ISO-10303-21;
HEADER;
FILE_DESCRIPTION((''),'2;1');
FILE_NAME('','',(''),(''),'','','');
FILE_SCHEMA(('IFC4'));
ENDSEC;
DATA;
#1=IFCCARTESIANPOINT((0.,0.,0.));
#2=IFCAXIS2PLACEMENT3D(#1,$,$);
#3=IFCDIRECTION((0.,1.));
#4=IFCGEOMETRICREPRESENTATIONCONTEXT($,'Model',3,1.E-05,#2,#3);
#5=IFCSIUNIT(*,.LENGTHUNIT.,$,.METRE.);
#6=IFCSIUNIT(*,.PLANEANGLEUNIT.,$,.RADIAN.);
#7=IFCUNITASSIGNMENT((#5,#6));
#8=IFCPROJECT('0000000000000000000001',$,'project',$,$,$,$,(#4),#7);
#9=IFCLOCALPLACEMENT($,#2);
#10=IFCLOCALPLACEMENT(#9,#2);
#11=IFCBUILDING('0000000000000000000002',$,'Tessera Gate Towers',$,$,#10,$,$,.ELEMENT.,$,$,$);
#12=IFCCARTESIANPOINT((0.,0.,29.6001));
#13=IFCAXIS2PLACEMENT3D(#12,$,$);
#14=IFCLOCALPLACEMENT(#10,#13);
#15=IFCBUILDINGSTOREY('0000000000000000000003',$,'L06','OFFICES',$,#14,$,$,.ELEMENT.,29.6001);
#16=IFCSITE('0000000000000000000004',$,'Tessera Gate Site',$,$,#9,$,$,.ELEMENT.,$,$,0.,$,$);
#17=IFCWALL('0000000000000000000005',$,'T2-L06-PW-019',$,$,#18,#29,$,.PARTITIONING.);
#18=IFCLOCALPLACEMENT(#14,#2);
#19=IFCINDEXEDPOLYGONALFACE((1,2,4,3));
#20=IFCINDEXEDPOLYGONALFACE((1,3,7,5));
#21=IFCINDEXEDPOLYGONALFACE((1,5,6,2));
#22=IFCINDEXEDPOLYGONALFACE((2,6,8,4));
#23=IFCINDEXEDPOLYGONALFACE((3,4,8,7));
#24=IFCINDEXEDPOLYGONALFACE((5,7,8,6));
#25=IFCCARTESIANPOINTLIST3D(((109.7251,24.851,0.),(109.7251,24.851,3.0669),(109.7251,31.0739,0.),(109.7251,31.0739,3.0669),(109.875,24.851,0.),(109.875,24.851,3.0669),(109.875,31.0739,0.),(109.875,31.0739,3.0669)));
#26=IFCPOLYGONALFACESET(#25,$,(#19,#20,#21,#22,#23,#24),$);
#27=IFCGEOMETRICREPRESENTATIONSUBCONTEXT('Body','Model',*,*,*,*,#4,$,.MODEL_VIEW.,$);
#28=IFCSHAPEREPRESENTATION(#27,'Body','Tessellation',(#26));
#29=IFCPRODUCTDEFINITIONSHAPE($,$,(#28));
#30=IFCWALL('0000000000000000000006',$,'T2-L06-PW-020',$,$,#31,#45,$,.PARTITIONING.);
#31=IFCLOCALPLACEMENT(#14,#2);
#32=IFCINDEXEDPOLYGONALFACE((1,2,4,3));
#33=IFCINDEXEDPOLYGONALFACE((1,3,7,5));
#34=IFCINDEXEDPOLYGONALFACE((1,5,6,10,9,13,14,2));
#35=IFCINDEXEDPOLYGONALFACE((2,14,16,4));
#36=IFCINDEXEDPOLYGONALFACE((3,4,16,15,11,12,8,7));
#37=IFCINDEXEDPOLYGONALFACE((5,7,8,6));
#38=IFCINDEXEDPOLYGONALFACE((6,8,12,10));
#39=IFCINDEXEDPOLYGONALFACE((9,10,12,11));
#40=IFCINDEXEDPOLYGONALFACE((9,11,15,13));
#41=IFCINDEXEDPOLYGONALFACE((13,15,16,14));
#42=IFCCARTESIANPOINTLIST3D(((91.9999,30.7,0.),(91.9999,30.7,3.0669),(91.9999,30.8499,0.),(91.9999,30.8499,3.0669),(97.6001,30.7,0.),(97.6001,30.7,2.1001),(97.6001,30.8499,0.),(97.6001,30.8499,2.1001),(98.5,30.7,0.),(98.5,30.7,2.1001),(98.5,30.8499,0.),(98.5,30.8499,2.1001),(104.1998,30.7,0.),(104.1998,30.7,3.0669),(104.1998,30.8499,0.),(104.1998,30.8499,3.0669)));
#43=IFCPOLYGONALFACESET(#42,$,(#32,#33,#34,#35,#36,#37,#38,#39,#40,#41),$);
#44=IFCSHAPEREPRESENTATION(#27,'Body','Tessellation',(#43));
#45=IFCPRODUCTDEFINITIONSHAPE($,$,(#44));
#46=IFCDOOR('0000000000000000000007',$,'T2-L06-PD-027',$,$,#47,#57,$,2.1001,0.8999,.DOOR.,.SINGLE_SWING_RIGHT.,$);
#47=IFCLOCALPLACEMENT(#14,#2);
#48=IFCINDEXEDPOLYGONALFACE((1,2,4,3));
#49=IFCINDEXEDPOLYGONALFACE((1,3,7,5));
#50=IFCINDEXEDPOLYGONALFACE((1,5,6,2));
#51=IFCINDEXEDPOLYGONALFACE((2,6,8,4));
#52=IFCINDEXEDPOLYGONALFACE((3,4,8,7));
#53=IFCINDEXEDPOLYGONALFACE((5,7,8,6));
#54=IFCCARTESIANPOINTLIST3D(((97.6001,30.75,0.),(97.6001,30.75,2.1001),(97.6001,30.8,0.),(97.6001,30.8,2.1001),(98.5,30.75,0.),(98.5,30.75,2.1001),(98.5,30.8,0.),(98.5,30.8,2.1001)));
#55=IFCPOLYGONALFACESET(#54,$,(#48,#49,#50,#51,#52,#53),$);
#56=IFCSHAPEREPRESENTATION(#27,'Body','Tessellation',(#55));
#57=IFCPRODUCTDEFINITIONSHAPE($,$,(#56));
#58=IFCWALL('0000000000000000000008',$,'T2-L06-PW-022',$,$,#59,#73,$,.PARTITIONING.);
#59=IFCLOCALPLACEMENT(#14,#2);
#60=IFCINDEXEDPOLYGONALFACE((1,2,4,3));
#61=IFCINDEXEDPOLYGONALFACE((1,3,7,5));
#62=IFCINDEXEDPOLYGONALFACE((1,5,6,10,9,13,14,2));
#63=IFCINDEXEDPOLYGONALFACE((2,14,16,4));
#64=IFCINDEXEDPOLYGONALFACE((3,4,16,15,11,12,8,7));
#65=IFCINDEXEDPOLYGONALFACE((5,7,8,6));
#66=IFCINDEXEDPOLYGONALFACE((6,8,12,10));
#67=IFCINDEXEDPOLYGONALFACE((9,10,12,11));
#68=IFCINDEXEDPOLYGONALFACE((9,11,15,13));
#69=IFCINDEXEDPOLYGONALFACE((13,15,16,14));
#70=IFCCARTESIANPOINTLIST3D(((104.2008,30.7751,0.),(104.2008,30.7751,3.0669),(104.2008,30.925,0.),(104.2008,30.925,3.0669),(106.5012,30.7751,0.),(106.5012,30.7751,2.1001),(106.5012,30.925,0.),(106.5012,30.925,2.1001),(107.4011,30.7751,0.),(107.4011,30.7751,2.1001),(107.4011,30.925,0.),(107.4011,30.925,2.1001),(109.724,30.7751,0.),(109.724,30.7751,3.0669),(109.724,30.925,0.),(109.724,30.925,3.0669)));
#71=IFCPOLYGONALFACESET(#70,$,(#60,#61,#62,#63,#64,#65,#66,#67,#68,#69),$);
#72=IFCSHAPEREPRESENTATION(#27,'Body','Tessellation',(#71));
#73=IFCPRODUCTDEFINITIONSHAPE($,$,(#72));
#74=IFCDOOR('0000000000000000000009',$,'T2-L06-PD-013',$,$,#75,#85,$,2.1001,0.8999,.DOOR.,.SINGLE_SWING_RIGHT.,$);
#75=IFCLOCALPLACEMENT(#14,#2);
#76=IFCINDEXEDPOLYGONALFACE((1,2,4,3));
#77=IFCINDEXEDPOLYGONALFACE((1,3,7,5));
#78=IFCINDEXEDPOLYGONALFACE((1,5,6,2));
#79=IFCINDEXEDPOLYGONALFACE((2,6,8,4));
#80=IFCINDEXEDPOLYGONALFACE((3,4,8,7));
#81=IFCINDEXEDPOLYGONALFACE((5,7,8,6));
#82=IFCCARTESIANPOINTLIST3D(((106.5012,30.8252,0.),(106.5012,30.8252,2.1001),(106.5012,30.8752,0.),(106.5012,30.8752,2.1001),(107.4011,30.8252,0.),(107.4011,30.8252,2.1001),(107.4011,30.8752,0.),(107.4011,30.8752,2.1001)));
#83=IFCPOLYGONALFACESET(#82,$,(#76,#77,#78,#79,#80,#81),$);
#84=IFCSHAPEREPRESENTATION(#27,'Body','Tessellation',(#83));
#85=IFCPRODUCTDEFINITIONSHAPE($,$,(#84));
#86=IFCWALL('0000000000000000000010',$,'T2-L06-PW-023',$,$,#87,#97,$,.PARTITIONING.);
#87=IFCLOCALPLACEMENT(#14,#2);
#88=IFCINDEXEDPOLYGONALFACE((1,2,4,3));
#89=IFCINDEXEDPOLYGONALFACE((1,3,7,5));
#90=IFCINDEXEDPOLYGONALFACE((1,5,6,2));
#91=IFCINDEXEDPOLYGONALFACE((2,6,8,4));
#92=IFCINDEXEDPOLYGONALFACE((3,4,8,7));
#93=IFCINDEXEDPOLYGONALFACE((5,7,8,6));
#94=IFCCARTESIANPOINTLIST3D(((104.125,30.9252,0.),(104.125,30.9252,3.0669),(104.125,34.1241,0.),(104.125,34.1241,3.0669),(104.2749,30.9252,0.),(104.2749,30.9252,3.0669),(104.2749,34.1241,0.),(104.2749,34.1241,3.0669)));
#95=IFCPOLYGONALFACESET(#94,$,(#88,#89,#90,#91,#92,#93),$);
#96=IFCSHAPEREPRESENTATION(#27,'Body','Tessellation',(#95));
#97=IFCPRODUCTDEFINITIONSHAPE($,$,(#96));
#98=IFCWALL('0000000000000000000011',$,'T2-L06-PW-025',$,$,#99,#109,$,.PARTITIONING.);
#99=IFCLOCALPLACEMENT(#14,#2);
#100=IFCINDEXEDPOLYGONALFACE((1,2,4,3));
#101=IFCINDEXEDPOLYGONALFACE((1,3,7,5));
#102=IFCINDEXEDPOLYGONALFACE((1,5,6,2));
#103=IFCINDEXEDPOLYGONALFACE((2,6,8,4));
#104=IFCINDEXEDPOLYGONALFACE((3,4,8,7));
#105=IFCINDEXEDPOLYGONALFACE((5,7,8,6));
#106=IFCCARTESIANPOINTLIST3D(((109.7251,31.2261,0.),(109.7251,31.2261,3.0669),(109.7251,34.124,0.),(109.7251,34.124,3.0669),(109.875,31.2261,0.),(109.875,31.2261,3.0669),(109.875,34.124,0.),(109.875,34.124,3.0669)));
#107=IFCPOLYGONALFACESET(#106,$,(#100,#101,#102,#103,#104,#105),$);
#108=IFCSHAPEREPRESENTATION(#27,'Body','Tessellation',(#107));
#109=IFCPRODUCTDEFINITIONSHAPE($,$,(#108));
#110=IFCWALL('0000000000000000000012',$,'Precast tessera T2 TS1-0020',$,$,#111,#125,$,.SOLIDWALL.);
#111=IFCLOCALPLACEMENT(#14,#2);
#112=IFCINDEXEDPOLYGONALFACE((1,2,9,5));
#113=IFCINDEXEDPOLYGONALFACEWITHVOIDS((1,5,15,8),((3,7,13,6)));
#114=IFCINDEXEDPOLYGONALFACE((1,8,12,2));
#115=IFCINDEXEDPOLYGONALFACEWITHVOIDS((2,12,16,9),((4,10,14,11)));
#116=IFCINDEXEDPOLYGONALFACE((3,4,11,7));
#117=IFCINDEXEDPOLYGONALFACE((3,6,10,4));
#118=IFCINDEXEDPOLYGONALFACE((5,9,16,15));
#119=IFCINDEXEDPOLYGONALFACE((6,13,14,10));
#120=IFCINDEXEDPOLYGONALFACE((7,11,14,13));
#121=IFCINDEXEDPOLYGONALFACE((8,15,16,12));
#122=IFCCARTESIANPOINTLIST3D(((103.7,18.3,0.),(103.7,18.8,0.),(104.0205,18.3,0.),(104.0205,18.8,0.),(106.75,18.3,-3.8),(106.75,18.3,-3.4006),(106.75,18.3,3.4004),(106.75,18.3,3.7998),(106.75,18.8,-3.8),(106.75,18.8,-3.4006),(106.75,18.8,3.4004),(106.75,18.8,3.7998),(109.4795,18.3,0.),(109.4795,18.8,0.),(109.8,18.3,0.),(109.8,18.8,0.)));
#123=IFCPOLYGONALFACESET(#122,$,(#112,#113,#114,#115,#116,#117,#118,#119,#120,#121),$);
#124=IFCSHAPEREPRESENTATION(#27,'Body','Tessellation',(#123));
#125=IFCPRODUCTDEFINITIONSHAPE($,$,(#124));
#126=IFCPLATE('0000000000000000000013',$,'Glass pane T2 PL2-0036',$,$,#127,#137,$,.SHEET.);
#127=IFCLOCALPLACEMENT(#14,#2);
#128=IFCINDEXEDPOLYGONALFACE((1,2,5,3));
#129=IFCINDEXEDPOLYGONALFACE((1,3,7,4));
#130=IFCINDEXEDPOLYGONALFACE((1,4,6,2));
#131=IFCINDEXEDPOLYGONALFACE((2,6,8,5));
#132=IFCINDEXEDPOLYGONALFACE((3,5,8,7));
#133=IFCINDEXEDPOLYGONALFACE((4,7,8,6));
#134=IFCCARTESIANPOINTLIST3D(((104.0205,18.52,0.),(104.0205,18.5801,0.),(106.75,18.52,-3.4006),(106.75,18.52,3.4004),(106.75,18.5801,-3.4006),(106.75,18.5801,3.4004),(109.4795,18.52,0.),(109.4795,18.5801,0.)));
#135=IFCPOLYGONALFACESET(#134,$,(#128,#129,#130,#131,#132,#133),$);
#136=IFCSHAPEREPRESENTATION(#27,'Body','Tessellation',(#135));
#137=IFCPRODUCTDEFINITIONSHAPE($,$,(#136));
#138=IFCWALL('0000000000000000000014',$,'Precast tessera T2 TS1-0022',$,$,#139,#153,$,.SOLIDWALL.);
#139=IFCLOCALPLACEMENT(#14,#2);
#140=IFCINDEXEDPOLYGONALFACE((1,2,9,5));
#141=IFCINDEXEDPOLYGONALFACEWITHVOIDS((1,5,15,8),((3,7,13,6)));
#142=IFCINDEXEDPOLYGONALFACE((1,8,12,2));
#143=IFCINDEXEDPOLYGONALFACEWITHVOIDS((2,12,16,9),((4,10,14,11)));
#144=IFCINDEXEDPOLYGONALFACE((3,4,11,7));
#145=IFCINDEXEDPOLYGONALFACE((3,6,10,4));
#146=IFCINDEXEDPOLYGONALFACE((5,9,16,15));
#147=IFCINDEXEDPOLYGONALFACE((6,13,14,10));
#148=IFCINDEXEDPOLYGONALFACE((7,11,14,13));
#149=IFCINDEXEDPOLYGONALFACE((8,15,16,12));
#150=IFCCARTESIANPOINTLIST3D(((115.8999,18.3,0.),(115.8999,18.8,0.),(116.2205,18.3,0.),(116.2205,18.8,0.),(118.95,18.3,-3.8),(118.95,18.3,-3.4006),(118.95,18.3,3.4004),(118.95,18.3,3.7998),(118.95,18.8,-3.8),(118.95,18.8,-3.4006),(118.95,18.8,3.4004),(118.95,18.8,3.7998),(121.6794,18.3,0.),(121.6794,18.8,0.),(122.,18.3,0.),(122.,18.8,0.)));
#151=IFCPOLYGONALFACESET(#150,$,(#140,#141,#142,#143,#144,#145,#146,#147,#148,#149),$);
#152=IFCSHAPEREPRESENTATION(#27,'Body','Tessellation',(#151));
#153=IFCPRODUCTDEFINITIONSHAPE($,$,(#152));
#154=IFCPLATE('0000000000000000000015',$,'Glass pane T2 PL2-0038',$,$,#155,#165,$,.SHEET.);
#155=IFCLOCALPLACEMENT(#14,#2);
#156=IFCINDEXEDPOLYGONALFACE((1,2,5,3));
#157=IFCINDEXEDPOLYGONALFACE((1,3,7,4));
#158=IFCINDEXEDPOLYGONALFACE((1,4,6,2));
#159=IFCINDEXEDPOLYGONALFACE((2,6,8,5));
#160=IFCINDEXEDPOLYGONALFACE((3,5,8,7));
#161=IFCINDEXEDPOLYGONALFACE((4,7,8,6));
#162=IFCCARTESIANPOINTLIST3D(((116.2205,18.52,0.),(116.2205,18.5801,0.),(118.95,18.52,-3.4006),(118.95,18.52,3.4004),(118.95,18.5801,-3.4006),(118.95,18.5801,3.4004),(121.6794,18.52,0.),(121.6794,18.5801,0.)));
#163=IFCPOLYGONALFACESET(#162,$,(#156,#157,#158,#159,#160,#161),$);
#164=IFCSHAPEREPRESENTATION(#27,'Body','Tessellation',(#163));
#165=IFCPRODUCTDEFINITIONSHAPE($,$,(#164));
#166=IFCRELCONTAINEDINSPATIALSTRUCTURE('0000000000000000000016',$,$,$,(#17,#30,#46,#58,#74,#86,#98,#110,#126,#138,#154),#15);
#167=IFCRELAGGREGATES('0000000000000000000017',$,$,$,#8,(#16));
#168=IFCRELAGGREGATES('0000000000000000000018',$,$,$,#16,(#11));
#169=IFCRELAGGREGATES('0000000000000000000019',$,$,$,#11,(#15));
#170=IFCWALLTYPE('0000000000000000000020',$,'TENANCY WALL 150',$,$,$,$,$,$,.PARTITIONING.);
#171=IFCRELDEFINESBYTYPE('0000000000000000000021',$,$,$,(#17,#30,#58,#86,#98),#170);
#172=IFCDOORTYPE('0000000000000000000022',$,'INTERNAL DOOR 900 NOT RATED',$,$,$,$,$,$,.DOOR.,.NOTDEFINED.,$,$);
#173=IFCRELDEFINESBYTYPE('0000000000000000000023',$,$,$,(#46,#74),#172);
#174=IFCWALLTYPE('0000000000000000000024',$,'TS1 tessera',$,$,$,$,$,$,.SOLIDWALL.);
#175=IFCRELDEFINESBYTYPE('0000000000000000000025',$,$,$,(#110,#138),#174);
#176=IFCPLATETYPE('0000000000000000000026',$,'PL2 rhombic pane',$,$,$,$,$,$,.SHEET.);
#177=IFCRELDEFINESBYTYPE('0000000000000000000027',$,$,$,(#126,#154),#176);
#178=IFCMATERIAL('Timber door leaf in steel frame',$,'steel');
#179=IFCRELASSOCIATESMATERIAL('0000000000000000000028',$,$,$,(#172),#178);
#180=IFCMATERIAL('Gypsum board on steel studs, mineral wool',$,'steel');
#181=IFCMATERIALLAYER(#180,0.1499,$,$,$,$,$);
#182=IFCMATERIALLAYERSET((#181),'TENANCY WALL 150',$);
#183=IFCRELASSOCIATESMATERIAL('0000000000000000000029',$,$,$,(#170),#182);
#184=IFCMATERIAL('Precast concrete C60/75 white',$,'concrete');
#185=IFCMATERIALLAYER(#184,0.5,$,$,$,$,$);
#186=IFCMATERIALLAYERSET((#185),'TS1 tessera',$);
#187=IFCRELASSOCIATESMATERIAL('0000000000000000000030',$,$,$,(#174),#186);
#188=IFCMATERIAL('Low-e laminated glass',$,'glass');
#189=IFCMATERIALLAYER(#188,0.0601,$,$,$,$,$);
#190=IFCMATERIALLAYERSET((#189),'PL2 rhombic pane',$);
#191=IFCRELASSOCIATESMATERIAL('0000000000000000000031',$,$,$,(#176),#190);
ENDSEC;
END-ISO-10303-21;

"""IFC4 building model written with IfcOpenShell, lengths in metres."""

from ifc_helpers import new_model, si_unit, direction, frame, frame_2d, origin, place, context, subcontext, project, spatial, polyline, rectangle, outline, extrude, source, transform, mapped, material, layer, layer_set, type_object, element, fill, save


model = new_model("IFC4")

# Units and contexts
model_context = context("Model", 3, precision=1e-05, world=origin(), true_north=direction((0.0, 1.0)))
body_context = subcontext(model_context, "Body", "Model", "MODEL_VIEW")
ifc_project = project(units=[si_unit("LENGTHUNIT", "METRE"), si_unit("PLANEANGLEUNIT", "RADIAN")], contexts=[model_context])

# Site, building, storey
site_placement = place(None, origin())
site = spatial("IfcSite", under=ifc_project, at=site_placement, Name="Tessera Gate Site", CompositionType="ELEMENT", RefElevation=0.0)
building_placement = place(site_placement, origin())
building = spatial("IfcBuilding", under=site, at=building_placement, Name="Tessera Gate Towers", CompositionType="ELEMENT")
storey_placement = place(building_placement, frame((0.0, 0.0, 29.6001)))
storey = spatial("IfcBuildingStorey", under=building, at=storey_placement, Name="L06", Description="OFFICES", CompositionType="ELEMENT", Elevation=29.6001)

# Shared definitions
ifc_material_1 = material(Name="Timber door leaf in steel frame", Category="steel")
door_type = type_object("IfcDoorType", Name="INTERNAL DOOR 900 NOT RATED", OperationType="NOTDEFINED", PredefinedType="DOOR", material=ifc_material_1)
shared_shape_1 = source(origin(), body_context, "Body", "SweptSolid", [
    extrude(rectangle(XDim=0.8999, YDim=2.1001, at=frame_2d((0.45, 1.05))), frame((0.0, 0.0249, 0.0), z_axis=(0.0, -1.0, 0.0), x_axis=(1.0, 0.0, 0.0)), (0.0, 0.0, 1.0), 0.05),
])

# Wall
ifc_material_2 = material(Name="Gypsum board on steel studs, mineral wool", Category="steel")
ifc_layer_1 = layer(ifc_material_2, 0.1499)
ifc_layer_set_1 = layer_set([ifc_layer_1], Name="TENANCY WALL 150")
wall_type_1 = type_object("IfcWallType", Name="TENANCY WALL 150", PredefinedType="PARTITIONING", material=ifc_layer_set_1)
wall_1_placement = place(storey_placement, frame((109.8, 24.8511, 0.0), z_axis=(0.0, 0.0, 1.0), x_axis=(0.0, 1.0, 0.0)))
element("IfcWall", 1, at=wall_1_placement, inside=storey, type_object=wall_type_1, Name="T2-L06-PW-019", PredefinedType="PARTITIONING", context=body_context, shape_type="SweptSolid", body=[
    extrude(rectangle(XDim=6.2229, YDim=0.1499, at=frame_2d((3.1113, 0.0))), origin(), (0.0, 0.0, 1.0), 3.0669),
])

# Walls, openings, doors
wall_2_placement = place(storey_placement, frame((104.2, 30.7749, 0.0), z_axis=(0.0, 0.0, 1.0), x_axis=(-1.0, 0.0, 0.0)))
wall_2 = element("IfcWall", 2, at=wall_2_placement, inside=storey, type_object=wall_type_1, Name="T2-L06-PW-020", PredefinedType="PARTITIONING", context=body_context, shape_type="SweptSolid", body=[
    extrude(rectangle(XDim=12.2, YDim=0.1499, at=frame_2d((6.1001, 0.0))), origin(), (0.0, 0.0, 1.0), 3.0669),
])
shared_shape_2 = source(origin(), body_context, "Body", "SweptSolid", [
    extrude(rectangle(XDim=0.8999, YDim=2.1001, at=frame_2d((0.45, 1.05))), frame((0.0, 0.085, 0.0), z_axis=(0.0, -1.0, 0.0), x_axis=(1.0, 0.0, 0.0)), (0.0, 0.0, 1.0), 0.1699),
])
opening_1_placement = place(wall_2_placement, frame((5.7, 0.0, 0.0)))
opening_1 = element("IfcOpeningElement", 3, at=opening_1_placement, cuts=wall_2, PredefinedType="OPENING", context=body_context, shape_type="MappedRepresentation", body=[
    mapped(shared_shape_2, transform((0.0, 0.0, 0.0), scale=1.0)),
])
door_1_placement = place(opening_1_placement, origin())
door_1 = element("IfcDoor", 4, at=door_1_placement, inside=storey, type_object=door_type, Name="T2-L06-PD-027", OperationType="SINGLE_SWING_RIGHT", OverallHeight=2.1001, OverallWidth=0.8999, PredefinedType="DOOR", context=body_context, shape_type="MappedRepresentation", body=[
    mapped(shared_shape_1, transform((0.0, 0.0, 0.0), scale=1.0)),
])
fill(opening_1, door_1)
wall_3_placement = place(storey_placement, frame((109.7241, 30.8501, 0.0), z_axis=(0.0, 0.0, 1.0), x_axis=(-1.0, 0.0, 0.0)))
wall_3 = element("IfcWall", 5, at=wall_3_placement, inside=storey, type_object=wall_type_1, Name="T2-L06-PW-022", PredefinedType="PARTITIONING", context=body_context, shape_type="SweptSolid", body=[
    extrude(rectangle(XDim=5.5232, YDim=0.1499, at=frame_2d((2.7617, 0.0))), origin(), (0.0, 0.0, 1.0), 3.0669),
])
opening_2_placement = place(wall_3_placement, frame((2.323, 0.0, 0.0)))
opening_2 = element("IfcOpeningElement", 6, at=opening_2_placement, cuts=wall_3, PredefinedType="OPENING", context=body_context, shape_type="MappedRepresentation", body=[
    mapped(shared_shape_2, transform((0.0, 0.0, 0.0), scale=1.0)),
])
door_2_placement = place(opening_2_placement, origin())
door_2 = element("IfcDoor", 7, at=door_2_placement, inside=storey, type_object=door_type, Name="T2-L06-PD-013", OperationType="SINGLE_SWING_RIGHT", OverallHeight=2.1001, OverallWidth=0.8999, PredefinedType="DOOR", context=body_context, shape_type="MappedRepresentation", body=[
    mapped(shared_shape_1, transform((0.0, 0.0, 0.0), scale=1.0)),
])
fill(opening_2, door_2)

# Walls
wall_4_placement = place(storey_placement, frame((104.2, 30.925, 0.0), z_axis=(0.0, 0.0, 1.0), x_axis=(0.0, 1.0, 0.0)))
element("IfcWall", 8, at=wall_4_placement, inside=storey, type_object=wall_type_1, Name="T2-L06-PW-023", PredefinedType="PARTITIONING", context=body_context, shape_type="SweptSolid", body=[
    extrude(rectangle(XDim=3.199, YDim=0.1499, at=frame_2d((1.5996, 0.0))), origin(), (0.0, 0.0, 1.0), 3.0669),
])
wall_5_placement = place(storey_placement, frame((109.8, 31.2261, 0.0), z_axis=(0.0, 0.0, 1.0), x_axis=(0.0, 1.0, 0.0)))
element("IfcWall", 9, at=wall_5_placement, inside=storey, type_object=wall_type_1, Name="T2-L06-PW-025", PredefinedType="PARTITIONING", context=body_context, shape_type="SweptSolid", body=[
    extrude(rectangle(XDim=2.8979, YDim=0.1499, at=frame_2d((1.449, 0.0))), origin(), (0.0, 0.0, 1.0), 3.0669),
])

# Walls, openings, plates
ifc_material_3 = material(Name="Precast concrete C60/75 white", Category="concrete")
ifc_layer_2 = layer(ifc_material_3, 0.5)
ifc_layer_set_2 = layer_set([ifc_layer_2], Name="TS1 tessera")
wall_type_2 = type_object("IfcWallType", Name="TS1 tessera", PredefinedType="SOLIDWALL", material=ifc_layer_set_2)
shared_shape_3 = source(origin(), body_context, "Body", "SweptSolid", [
    extrude(outline(polyline([(3.05, 0.0), (6.1001, 3.8), (3.05, 7.5999), (0.0, 3.8), (3.05, 0.0)])), frame((0.0, 0.25, 0.0), z_axis=(0.0, -1.0, 0.0), x_axis=(1.0, 0.0, 0.0)), (0.0, 0.0, 1.0), 0.5),
])
wall_6_placement = place(storey_placement, frame((103.7, 18.55, -3.8), z_axis=(0.0, 0.0, 1.0), x_axis=(1.0, 0.0, 0.0)))
wall_6 = element("IfcWall", 10, at=wall_6_placement, inside=storey, type_object=wall_type_2, Name="Precast tessera T2 TS1-0020", PredefinedType="SOLIDWALL", context=body_context, shape_type="MappedRepresentation", body=[
    mapped(shared_shape_3, transform((0.0, 0.0, 0.0), scale=1.0)),
])
shared_shape_4 = source(origin(), body_context, "Body", "SweptSolid", [
    extrude(outline(polyline([(3.05, 0.3994), (5.7795, 3.8), (3.05, 7.2004), (0.3206, 3.8), (3.05, 0.3994)])), frame((0.0, 0.26, 0.0), z_axis=(0.0, -1.0, 0.0), x_axis=(1.0, 0.0, 0.0)), (0.0, 0.0, 1.0), 0.52),
])
opening_3_placement = place(wall_6_placement, origin())
opening_3 = element("IfcOpeningElement", 11, at=opening_3_placement, cuts=wall_6, PredefinedType="OPENING", context=body_context, shape_type="MappedRepresentation", body=[
    mapped(shared_shape_4, transform((0.0, 0.0, 0.0), scale=1.0)),
])
ifc_material_4 = material(Name="Low-e laminated glass", Category="glass")
ifc_layer_3 = layer(ifc_material_4, 0.0601)
ifc_layer_set_3 = layer_set([ifc_layer_3], Name="PL2 rhombic pane")
plate_type = type_object("IfcPlateType", Name="PL2 rhombic pane", PredefinedType="SHEET", material=ifc_layer_set_3)
shared_shape_5 = source(origin(), body_context, "Body", "SweptSolid", [
    extrude(outline(polyline([(3.05, 0.3994), (5.7795, 3.8), (3.05, 7.2004), (0.3206, 3.8), (3.05, 0.3994)])), frame((0.0, 0.03, 0.0), z_axis=(0.0, -1.0, 0.0), x_axis=(1.0, 0.0, 0.0)), (0.0, 0.0, 1.0), 0.0601),
])
plate_1_placement = place(opening_3_placement, origin())
plate_1 = element("IfcPlate", 12, at=plate_1_placement, inside=storey, type_object=plate_type, Name="Glass pane T2 PL2-0036", PredefinedType="SHEET", context=body_context, shape_type="MappedRepresentation", body=[
    mapped(shared_shape_5, transform((0.0, 0.0, 0.0), scale=1.0)),
])
fill(opening_3, plate_1)
wall_7_placement = place(storey_placement, frame((115.8999, 18.55, -3.8), z_axis=(0.0, 0.0, 1.0), x_axis=(1.0, 0.0, 0.0)))
wall_7 = element("IfcWall", 13, at=wall_7_placement, inside=storey, type_object=wall_type_2, Name="Precast tessera T2 TS1-0022", PredefinedType="SOLIDWALL", context=body_context, shape_type="MappedRepresentation", body=[
    mapped(shared_shape_3, transform((0.0, 0.0, 0.0), scale=1.0)),
])
opening_4_placement = place(wall_7_placement, origin())
opening_4 = element("IfcOpeningElement", 14, at=opening_4_placement, cuts=wall_7, PredefinedType="OPENING", context=body_context, shape_type="MappedRepresentation", body=[
    mapped(shared_shape_4, transform((0.0, 0.0, 0.0), scale=1.0)),
])
plate_2_placement = place(opening_4_placement, origin())
plate_2 = element("IfcPlate", 15, at=plate_2_placement, inside=storey, type_object=plate_type, Name="Glass pane T2 PL2-0038", PredefinedType="SHEET", context=body_context, shape_type="MappedRepresentation", body=[
    mapped(shared_shape_5, transform((0.0, 0.0, 0.0), scale=1.0)),
])
fill(opening_4, plate_2)

save(model, "model.ifc")
